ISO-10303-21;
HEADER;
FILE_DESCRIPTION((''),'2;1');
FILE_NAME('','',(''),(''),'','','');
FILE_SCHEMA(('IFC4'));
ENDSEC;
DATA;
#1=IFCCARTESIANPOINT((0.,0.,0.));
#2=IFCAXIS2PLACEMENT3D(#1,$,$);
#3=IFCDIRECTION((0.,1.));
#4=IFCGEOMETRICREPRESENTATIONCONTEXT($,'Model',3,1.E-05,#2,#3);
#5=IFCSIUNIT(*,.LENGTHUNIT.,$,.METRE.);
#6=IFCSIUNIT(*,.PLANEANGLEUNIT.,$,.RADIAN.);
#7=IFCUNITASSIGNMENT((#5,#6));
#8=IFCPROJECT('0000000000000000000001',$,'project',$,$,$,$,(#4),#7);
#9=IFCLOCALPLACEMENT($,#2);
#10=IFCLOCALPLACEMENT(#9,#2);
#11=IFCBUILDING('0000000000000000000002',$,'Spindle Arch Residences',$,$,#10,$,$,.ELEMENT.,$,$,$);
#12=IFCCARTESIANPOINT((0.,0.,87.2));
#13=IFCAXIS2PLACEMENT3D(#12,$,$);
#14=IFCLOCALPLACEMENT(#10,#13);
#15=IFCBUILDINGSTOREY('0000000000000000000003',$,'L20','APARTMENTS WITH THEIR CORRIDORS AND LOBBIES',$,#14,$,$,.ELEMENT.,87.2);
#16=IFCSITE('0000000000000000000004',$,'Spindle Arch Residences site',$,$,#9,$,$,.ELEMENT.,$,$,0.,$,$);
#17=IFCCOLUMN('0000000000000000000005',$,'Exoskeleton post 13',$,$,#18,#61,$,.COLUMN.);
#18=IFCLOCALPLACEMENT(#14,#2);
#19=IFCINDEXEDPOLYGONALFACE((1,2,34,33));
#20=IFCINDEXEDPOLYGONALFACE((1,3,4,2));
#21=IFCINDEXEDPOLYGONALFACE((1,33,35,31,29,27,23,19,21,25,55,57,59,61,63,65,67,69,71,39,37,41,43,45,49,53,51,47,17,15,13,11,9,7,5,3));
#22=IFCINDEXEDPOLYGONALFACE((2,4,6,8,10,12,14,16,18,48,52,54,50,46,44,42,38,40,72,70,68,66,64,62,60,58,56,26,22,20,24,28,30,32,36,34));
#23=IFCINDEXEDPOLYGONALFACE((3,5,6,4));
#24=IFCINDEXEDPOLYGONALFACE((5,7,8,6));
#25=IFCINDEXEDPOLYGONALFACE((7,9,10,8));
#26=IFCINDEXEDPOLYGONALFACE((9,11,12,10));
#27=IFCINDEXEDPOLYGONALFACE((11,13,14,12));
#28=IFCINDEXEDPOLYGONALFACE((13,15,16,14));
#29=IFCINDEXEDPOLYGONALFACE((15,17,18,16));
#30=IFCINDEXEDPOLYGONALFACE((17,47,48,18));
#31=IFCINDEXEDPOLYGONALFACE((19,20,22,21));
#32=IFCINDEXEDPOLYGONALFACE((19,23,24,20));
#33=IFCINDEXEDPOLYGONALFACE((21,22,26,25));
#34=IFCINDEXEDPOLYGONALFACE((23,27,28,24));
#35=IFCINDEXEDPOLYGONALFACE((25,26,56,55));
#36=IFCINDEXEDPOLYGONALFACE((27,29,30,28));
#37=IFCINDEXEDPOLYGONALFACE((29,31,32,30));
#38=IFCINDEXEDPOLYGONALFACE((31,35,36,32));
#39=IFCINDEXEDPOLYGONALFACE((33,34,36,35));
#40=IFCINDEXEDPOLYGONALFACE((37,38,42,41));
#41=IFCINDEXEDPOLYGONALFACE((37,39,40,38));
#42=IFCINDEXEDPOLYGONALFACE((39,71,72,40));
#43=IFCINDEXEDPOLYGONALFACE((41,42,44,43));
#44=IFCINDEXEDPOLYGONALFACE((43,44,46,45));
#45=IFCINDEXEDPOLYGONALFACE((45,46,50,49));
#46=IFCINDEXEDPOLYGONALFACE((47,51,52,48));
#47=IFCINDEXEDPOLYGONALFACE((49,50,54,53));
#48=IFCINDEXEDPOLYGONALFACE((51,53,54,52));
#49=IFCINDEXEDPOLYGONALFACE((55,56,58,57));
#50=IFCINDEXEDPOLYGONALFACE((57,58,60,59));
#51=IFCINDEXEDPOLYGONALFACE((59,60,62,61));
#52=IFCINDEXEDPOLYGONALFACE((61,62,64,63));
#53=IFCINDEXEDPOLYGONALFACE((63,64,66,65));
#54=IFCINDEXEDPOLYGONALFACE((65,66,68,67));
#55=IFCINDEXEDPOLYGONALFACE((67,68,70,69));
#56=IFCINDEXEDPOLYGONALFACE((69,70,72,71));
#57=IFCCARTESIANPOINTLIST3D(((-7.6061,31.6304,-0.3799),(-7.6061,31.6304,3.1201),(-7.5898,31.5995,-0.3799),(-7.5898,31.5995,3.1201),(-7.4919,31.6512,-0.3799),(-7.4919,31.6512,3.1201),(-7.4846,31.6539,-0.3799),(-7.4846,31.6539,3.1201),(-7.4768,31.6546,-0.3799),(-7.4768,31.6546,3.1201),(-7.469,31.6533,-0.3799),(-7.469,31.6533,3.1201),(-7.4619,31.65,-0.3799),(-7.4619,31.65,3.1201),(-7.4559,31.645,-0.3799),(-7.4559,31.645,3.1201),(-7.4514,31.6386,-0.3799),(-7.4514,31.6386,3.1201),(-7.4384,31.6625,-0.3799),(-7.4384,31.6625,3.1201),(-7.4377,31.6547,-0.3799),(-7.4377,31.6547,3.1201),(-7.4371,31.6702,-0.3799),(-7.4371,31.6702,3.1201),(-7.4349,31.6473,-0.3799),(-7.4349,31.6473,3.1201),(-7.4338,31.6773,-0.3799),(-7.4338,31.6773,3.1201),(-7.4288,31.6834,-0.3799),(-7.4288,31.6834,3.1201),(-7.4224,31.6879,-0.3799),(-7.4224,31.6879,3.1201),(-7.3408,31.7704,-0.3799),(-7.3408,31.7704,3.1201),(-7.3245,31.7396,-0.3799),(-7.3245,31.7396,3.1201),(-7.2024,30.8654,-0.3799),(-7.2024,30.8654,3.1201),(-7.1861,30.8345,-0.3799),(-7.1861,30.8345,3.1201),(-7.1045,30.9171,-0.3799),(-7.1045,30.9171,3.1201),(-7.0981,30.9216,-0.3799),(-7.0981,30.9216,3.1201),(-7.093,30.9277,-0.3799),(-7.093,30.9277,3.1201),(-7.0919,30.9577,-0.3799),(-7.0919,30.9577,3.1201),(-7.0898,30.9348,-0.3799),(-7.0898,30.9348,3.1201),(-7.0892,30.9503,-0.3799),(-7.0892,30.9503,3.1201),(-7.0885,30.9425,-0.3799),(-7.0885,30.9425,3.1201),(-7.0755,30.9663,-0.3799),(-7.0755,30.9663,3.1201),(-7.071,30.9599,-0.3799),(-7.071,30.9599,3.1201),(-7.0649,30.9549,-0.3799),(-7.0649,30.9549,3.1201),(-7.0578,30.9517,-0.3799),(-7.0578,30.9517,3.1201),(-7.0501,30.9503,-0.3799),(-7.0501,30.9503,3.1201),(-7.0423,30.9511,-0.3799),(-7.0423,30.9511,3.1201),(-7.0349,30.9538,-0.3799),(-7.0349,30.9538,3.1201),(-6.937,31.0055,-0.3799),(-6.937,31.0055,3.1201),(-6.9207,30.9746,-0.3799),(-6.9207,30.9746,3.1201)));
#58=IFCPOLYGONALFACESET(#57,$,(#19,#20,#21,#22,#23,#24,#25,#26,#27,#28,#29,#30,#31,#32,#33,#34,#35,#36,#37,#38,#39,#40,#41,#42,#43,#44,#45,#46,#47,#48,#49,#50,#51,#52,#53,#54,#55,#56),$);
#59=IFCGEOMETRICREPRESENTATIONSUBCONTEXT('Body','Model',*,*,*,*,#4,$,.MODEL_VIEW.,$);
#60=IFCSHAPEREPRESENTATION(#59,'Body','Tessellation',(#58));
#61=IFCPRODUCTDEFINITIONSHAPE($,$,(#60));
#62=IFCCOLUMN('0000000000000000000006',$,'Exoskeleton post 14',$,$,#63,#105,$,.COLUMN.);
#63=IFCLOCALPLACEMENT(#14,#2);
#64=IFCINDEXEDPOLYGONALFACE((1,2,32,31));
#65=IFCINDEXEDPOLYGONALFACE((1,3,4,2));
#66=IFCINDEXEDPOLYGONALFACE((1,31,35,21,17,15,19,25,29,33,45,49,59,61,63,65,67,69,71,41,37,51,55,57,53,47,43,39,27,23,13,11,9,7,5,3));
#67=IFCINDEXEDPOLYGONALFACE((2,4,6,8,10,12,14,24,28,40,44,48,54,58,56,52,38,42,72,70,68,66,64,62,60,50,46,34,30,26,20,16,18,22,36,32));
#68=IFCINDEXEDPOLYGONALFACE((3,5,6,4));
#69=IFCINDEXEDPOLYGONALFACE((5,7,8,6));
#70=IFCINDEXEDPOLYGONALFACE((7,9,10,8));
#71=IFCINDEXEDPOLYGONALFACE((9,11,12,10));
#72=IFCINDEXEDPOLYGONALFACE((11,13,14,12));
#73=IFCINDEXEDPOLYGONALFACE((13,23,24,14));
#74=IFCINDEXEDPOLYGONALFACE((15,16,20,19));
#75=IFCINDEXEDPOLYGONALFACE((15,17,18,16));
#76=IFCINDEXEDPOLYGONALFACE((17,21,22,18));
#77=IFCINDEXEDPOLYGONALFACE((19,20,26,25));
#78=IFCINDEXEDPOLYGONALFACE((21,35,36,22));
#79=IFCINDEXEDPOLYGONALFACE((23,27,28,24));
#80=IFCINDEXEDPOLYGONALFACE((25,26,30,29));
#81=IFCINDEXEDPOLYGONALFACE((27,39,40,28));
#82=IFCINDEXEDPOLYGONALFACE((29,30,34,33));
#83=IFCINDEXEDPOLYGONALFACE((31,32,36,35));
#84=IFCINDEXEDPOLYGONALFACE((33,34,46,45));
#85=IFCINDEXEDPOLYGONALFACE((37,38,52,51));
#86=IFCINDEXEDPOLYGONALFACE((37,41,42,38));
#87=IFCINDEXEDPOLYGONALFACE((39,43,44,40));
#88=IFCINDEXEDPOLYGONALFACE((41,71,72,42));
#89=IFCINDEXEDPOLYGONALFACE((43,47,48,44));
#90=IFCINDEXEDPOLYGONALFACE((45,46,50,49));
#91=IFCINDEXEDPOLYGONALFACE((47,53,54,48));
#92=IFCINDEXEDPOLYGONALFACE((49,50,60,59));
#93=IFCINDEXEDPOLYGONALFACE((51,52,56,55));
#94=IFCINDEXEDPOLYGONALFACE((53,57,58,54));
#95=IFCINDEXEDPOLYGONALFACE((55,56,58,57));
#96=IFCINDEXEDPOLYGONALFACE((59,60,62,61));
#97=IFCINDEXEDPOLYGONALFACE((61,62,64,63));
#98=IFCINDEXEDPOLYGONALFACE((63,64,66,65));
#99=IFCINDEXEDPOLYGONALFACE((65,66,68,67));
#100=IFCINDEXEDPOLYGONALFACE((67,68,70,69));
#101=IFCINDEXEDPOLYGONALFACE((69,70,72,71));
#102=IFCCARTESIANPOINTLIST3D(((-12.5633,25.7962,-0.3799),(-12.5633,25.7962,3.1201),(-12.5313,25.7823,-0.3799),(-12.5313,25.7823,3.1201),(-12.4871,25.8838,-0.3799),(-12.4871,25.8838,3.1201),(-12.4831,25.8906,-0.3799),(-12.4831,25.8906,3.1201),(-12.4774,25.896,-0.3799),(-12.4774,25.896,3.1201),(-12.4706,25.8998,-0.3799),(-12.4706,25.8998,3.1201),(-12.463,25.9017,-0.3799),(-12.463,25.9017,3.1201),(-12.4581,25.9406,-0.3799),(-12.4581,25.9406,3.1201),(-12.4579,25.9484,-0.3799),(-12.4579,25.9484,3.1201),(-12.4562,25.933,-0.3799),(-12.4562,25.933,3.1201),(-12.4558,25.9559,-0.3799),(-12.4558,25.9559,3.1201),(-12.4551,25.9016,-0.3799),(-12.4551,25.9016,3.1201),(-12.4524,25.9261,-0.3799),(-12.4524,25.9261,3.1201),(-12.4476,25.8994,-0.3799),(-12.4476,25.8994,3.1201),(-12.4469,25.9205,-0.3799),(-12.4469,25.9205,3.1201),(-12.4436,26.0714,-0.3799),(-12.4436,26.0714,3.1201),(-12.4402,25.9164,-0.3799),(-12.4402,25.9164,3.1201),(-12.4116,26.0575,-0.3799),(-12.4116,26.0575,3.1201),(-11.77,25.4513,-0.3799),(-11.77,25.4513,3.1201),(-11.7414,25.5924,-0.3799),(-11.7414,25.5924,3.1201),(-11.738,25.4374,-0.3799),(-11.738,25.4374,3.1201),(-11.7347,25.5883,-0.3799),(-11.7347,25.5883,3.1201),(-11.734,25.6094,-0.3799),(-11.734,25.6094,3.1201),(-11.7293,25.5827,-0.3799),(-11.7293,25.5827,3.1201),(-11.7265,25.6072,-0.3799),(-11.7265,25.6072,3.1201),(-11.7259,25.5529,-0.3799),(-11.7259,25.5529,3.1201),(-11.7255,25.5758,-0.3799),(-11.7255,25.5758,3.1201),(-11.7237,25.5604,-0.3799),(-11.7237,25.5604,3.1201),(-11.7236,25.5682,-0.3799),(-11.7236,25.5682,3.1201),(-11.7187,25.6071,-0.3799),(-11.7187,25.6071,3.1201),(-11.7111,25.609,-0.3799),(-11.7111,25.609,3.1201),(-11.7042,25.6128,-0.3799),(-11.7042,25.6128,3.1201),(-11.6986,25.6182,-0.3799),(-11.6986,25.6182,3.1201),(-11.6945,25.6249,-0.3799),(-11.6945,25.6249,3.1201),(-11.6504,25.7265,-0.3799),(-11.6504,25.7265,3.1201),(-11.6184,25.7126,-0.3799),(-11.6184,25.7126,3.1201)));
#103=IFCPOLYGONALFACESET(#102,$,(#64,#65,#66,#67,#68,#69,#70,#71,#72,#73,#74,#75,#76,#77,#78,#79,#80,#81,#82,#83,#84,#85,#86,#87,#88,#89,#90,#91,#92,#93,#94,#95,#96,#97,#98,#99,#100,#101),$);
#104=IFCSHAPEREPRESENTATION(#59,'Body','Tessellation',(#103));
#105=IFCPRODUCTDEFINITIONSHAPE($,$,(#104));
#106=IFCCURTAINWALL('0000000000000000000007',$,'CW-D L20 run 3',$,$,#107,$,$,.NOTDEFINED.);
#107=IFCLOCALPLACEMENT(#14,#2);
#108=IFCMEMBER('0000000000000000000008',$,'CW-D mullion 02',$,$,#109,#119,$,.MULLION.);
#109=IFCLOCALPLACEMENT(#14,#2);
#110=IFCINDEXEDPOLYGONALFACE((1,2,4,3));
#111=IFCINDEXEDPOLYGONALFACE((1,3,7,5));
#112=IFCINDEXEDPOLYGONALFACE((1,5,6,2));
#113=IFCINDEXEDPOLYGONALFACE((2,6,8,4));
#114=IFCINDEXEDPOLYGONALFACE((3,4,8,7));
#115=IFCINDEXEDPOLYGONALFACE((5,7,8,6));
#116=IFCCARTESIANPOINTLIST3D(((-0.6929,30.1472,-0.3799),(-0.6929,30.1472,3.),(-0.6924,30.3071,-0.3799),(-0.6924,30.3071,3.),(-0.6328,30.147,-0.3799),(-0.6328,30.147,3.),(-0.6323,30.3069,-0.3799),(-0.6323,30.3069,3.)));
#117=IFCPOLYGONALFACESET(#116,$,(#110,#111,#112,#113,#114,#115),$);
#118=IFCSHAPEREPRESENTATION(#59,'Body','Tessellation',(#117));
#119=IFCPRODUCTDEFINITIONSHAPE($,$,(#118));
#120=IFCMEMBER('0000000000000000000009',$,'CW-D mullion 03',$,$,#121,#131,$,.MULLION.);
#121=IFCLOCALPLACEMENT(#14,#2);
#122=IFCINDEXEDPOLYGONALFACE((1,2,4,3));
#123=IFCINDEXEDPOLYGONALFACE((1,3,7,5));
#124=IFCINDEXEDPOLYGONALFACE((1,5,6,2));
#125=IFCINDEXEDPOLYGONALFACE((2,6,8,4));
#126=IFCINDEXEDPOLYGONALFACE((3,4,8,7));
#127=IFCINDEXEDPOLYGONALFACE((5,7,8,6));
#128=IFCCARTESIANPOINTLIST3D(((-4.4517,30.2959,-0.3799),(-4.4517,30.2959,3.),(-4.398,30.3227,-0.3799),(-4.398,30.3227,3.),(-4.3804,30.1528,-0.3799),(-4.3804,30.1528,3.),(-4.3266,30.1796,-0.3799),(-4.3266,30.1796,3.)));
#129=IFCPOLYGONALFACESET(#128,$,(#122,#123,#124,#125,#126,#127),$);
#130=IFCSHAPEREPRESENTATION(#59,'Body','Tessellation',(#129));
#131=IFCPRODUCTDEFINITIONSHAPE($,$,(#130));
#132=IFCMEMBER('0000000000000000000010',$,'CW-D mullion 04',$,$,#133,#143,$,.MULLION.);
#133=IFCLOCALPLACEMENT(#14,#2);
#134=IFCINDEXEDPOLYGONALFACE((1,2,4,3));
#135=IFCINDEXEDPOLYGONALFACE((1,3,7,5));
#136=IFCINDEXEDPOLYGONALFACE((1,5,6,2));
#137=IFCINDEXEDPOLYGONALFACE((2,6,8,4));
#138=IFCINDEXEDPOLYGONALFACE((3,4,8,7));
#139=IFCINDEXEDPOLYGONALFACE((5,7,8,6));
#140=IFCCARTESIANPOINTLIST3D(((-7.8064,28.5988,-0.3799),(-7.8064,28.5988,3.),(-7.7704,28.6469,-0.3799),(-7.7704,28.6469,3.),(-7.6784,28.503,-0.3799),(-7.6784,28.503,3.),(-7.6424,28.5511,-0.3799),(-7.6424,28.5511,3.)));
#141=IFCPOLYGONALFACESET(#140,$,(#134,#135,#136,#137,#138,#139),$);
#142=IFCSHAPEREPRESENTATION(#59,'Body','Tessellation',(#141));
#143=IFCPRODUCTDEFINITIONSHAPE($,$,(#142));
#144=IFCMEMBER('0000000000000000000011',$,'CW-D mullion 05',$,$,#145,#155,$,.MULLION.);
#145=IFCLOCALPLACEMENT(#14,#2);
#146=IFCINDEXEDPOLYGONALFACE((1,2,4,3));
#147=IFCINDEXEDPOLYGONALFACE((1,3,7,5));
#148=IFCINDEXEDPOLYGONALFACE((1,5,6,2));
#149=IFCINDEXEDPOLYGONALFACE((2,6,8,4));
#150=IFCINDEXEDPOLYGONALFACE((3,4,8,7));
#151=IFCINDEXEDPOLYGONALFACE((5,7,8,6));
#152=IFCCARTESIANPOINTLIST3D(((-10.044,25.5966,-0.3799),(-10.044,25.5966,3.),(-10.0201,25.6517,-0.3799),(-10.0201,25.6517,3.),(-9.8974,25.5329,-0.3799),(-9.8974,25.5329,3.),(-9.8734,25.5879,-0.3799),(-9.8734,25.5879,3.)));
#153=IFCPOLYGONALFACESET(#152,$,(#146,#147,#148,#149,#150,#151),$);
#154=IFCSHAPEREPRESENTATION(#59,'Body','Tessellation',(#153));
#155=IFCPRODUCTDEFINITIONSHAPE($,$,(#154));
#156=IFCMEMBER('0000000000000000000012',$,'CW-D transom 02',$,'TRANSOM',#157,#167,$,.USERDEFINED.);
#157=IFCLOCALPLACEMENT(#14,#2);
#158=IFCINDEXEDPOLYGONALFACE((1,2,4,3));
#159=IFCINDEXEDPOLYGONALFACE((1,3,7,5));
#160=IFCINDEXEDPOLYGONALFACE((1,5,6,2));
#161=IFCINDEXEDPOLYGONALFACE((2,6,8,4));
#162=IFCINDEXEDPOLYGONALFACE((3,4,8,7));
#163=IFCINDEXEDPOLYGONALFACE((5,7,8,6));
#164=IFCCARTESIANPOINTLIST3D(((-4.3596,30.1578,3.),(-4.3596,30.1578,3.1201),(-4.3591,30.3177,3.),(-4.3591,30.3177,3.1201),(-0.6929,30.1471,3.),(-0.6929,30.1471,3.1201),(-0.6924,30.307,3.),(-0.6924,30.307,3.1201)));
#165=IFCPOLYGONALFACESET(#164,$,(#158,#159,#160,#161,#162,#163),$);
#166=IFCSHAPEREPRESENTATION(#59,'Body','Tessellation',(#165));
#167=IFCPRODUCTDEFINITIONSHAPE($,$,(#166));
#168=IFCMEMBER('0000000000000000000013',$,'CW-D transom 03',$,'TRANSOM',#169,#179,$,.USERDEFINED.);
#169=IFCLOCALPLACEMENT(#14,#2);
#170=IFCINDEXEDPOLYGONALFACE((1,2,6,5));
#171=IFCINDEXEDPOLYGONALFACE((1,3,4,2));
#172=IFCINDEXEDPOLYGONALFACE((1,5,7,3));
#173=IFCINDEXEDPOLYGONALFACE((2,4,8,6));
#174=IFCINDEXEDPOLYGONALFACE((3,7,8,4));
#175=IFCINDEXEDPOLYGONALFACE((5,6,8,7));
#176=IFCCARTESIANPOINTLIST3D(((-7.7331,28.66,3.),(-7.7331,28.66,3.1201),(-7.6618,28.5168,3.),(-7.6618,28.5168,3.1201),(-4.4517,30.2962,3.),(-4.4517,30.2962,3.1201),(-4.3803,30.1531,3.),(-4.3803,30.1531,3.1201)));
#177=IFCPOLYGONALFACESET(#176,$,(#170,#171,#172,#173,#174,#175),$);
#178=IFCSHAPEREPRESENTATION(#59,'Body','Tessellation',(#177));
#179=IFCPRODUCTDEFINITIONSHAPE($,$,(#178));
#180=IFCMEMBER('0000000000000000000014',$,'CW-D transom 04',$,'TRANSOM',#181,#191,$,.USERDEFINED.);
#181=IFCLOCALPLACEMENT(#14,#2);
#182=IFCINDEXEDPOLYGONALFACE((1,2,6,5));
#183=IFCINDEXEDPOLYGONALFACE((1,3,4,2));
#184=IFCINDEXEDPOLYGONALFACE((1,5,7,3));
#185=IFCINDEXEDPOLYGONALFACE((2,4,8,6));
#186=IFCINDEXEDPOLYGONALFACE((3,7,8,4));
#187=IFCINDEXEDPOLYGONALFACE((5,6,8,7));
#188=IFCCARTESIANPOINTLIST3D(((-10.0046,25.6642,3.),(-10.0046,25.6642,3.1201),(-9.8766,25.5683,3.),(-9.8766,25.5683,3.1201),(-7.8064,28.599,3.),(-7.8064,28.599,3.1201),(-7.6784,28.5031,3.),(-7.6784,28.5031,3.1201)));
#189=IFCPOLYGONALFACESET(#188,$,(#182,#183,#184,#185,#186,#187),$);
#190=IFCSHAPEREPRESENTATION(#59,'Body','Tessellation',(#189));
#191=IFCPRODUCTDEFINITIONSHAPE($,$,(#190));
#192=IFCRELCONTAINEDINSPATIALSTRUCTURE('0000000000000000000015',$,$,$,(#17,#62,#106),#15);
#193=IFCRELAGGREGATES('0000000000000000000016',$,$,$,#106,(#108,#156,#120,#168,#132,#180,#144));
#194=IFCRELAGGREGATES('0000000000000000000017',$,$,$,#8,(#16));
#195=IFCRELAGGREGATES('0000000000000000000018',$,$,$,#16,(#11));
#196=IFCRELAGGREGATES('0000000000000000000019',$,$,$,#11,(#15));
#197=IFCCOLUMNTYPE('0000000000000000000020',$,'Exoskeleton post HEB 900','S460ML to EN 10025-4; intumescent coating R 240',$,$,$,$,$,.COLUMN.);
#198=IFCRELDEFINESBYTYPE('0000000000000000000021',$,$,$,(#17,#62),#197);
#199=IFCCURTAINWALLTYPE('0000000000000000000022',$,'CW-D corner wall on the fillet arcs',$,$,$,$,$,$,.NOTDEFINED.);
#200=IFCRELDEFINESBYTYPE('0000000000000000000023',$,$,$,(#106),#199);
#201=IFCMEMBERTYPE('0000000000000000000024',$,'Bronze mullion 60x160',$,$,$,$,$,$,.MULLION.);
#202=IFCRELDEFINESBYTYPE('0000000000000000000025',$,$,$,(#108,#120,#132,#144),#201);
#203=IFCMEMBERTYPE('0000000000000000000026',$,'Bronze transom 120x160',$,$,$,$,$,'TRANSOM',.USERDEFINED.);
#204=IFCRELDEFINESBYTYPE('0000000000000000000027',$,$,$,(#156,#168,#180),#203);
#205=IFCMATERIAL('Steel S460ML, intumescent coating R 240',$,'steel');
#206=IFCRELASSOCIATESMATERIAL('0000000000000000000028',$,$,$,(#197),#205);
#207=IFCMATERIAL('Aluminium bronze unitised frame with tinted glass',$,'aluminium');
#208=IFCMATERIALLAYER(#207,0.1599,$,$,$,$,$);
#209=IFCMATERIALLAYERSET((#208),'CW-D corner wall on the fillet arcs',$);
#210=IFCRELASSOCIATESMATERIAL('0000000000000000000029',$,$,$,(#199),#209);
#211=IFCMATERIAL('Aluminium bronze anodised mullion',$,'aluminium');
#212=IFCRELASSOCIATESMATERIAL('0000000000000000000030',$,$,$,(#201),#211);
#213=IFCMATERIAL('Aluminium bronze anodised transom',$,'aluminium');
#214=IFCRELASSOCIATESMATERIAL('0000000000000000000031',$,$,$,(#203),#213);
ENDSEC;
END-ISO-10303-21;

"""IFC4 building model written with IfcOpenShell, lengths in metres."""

from ifc_helpers import new_model, si_unit, direction, frame, origin, origin_2d, place, context, subcontext, project, spatial, rectangle, i_section, extrude, material, layer, layer_set, material_profile, profile_set, type_object, element, aggregate, save


model = new_model("IFC4")

# Units and contexts
model_context = context("Model", 3, precision=1e-05, world=origin(), true_north=direction((0.0, 1.0)))
body_context = subcontext(model_context, "Body", "Model", "MODEL_VIEW")
ifc_project = project(units=[si_unit("LENGTHUNIT", "METRE"), si_unit("PLANEANGLEUNIT", "RADIAN")], contexts=[model_context])

# Site, building, storey
site_placement = place(None, origin())
site = spatial("IfcSite", under=ifc_project, at=site_placement, Name="Spindle Arch Residences site", CompositionType="ELEMENT", RefElevation=0.0)
building_placement = place(site_placement, origin())
building = spatial("IfcBuilding", under=site, at=building_placement, Name="Spindle Arch Residences", CompositionType="ELEMENT")
storey_placement = place(building_placement, frame((0.0, 0.0, 87.2)))
storey = spatial("IfcBuildingStorey", under=building, at=storey_placement, Name="L20", Description="APARTMENTS WITH THEIR CORRIDORS AND LOBBIES", CompositionType="ELEMENT", Elevation=87.2)

# Columns
ifc_material_1 = material(Name="Steel S460ML, intumescent coating R 240", Category="steel")
ifc_material_profile_1 = material_profile(ifc_material_1, i_section(OverallWidth=0.3, OverallDepth=0.8999, WebThickness=0.0186, FlangeThickness=0.0349, FilletRadius=0.03, at=origin_2d()), Name="HEB 900")
ifc_profile_set_1 = profile_set([ifc_material_profile_1], Name="Steel S460ML, intumescent coating R 240")
column_type = type_object("IfcColumnType", Name="Exoskeleton post HEB 900", Description="S460ML to EN 10025-4; intumescent coating R 240", PredefinedType="COLUMN", material=ifc_profile_set_1)
for number, where, z_axis, x_axis, name in (
    (1, (-7.2634, 31.3025, -0.3799), (0.0, 0.0, 1.0), (0.884365, 0.466797, 0.0), "Exoskeleton post 13"),
    (2, (-12.0908, 25.7544, -0.3799), (0.0, 0.0, 1.0), (0.398749, 0.91706, 0.0), "Exoskeleton post 14"),
):
    element("IfcColumn", number, at=place(storey_placement, frame(where, z_axis=z_axis, x_axis=x_axis)), inside=storey, type_object=column_type, Name=name, PredefinedType="COLUMN", context=body_context, shape_type="SweptSolid", body=[
        extrude(i_section(OverallWidth=0.3, OverallDepth=0.8999, WebThickness=0.0186, FlangeThickness=0.0349, FilletRadius=0.03, at=origin_2d()), origin(), (0.0, 0.0, 1.0), 3.5),
    ])

# Curtain wall, members
ifc_material_2 = material(Name="Aluminium bronze unitised frame with tinted glass", Category="aluminium")
ifc_layer_1 = layer(ifc_material_2, 0.1599)
ifc_layer_set_1 = layer_set([ifc_layer_1], Name="CW-D corner wall on the fillet arcs")
curtain_wall_type = type_object("IfcCurtainWallType", Name="CW-D corner wall on the fillet arcs", PredefinedType="NOTDEFINED", material=ifc_layer_set_1)
curtain_wall_placement = place(storey_placement, origin())
curtain_wall = element("IfcCurtainWall", 3, at=curtain_wall_placement, inside=storey, type_object=curtain_wall_type, Name="CW-D L20 run 3", PredefinedType="NOTDEFINED")
ifc_material_3 = material(Name="Aluminium bronze anodised mullion", Category="aluminium")
ifc_material_profile_2 = material_profile(ifc_material_3, rectangle(XDim=0.1599, YDim=0.0601, at=origin_2d()), Name="MU 60x160")
ifc_profile_set_2 = profile_set([ifc_material_profile_2], Name="Aluminium bronze anodised mullion")
member_type_1 = type_object("IfcMemberType", Name="Bronze mullion 60x160", PredefinedType="MULLION", material=ifc_profile_set_2)
member_1_placement = place(storey_placement, frame((-0.6626, 30.2271, -0.3799), z_axis=(0.0, 0.0, 1.0), x_axis=(-0.002909, -0.999996, 0.0)))
member_1 = element("IfcMember", 4, at=member_1_placement, type_object=member_type_1, Name="CW-D mullion 02", PredefinedType="MULLION", context=body_context, shape_type="SweptSolid", body=[
    extrude(rectangle(XDim=0.1599, YDim=0.0601, at=origin_2d()), origin(), (0.0, 0.0, 1.0), 3.3799),
])
member_2_placement = place(storey_placement, frame((-4.3892, 30.2378, -0.3799), z_axis=(0.0, 0.0, 1.0), x_axis=(0.446198, -0.894934, 0.0)))
member_2 = element("IfcMember", 5, at=member_2_placement, type_object=member_type_1, Name="CW-D mullion 03", PredefinedType="MULLION", context=body_context, shape_type="SweptSolid", body=[
    extrude(rectangle(XDim=0.1599, YDim=0.0601, at=origin_2d()), origin(), (0.0, 0.0, 1.0), 3.3799),
])
member_3_placement = place(storey_placement, frame((-7.7244, 28.575, -0.3799), z_axis=(0.0, 0.0, 1.0), x_axis=(0.800383, -0.599489, 0.0)))
member_3 = element("IfcMember", 6, at=member_3_placement, type_object=member_type_1, Name="CW-D mullion 04", PredefinedType="MULLION", context=body_context, shape_type="SweptSolid", body=[
    extrude(rectangle(XDim=0.1599, YDim=0.0601, at=origin_2d()), origin(), (0.0, 0.0, 1.0), 3.3799),
])
member_4_placement = place(storey_placement, frame((-9.9587, 25.5923, -0.3799), z_axis=(0.0, 0.0, 1.0), x_axis=(0.91706, -0.398749, 0.0)))
member_4 = element("IfcMember", 7, at=member_4_placement, type_object=member_type_1, Name="CW-D mullion 05", PredefinedType="MULLION", context=body_context, shape_type="SweptSolid", body=[
    extrude(rectangle(XDim=0.1599, YDim=0.0601, at=origin_2d()), origin(), (0.0, 0.0, 1.0), 3.3799),
])
ifc_material_4 = material(Name="Aluminium bronze anodised transom", Category="aluminium")
ifc_material_profile_3 = material_profile(ifc_material_4, rectangle(XDim=0.1599, YDim=0.1201, at=origin_2d()), Name="TR 120x160")
ifc_profile_set_3 = profile_set([ifc_material_profile_3], Name="Aluminium bronze anodised transom")
member_type_2 = type_object("IfcMemberType", Name="Bronze transom 120x160", ElementType="TRANSOM", PredefinedType="USERDEFINED", material=ifc_profile_set_3)
member_5_placement = place(storey_placement, frame((-0.6926, 30.2271, 3.0601), z_axis=(-0.999996, 0.00293, 0.0), x_axis=(-0.00293, -0.999996, 0.0)))
member_5 = element("IfcMember", 8, at=member_5_placement, type_object=member_type_2, Name="CW-D transom 02", ObjectType="TRANSOM", PredefinedType="USERDEFINED", context=body_context, shape_type="SweptSolid", body=[
    extrude(rectangle(XDim=0.1599, YDim=0.1201, at=origin_2d()), origin(), (0.0, 0.0, 1.0), 3.6667),
])
member_6_placement = place(storey_placement, frame((-4.416, 30.2246, 3.0601), z_axis=(-0.894919, -0.446228, 0.0), x_axis=(0.446228, -0.894919, 0.0)))
member_6 = element("IfcMember", 9, at=member_6_placement, type_object=member_type_2, Name="CW-D transom 03", ObjectType="TRANSOM", PredefinedType="USERDEFINED", context=body_context, shape_type="SweptSolid", body=[
    extrude(rectangle(XDim=0.1599, YDim=0.1201, at=origin_2d()), origin(), (0.0, 0.0, 1.0), 3.6667),
])
member_7_placement = place(storey_placement, frame((-7.7424, 28.551, 3.0601), z_axis=(-0.599499, -0.800375, 0.0), x_axis=(0.800375, -0.599499, 0.0)))
member_7 = element("IfcMember", 10, at=member_7_placement, type_object=member_type_2, Name="CW-D transom 04", ObjectType="TRANSOM", PredefinedType="USERDEFINED", context=body_context, shape_type="SweptSolid", body=[
    extrude(rectangle(XDim=0.1599, YDim=0.1201, at=origin_2d()), origin(), (0.0, 0.0, 1.0), 3.6667),
])

aggregate(curtain_wall, [member_1, member_5, member_2, member_6, member_3, member_7, member_4])

save(model, "model.ifc")
